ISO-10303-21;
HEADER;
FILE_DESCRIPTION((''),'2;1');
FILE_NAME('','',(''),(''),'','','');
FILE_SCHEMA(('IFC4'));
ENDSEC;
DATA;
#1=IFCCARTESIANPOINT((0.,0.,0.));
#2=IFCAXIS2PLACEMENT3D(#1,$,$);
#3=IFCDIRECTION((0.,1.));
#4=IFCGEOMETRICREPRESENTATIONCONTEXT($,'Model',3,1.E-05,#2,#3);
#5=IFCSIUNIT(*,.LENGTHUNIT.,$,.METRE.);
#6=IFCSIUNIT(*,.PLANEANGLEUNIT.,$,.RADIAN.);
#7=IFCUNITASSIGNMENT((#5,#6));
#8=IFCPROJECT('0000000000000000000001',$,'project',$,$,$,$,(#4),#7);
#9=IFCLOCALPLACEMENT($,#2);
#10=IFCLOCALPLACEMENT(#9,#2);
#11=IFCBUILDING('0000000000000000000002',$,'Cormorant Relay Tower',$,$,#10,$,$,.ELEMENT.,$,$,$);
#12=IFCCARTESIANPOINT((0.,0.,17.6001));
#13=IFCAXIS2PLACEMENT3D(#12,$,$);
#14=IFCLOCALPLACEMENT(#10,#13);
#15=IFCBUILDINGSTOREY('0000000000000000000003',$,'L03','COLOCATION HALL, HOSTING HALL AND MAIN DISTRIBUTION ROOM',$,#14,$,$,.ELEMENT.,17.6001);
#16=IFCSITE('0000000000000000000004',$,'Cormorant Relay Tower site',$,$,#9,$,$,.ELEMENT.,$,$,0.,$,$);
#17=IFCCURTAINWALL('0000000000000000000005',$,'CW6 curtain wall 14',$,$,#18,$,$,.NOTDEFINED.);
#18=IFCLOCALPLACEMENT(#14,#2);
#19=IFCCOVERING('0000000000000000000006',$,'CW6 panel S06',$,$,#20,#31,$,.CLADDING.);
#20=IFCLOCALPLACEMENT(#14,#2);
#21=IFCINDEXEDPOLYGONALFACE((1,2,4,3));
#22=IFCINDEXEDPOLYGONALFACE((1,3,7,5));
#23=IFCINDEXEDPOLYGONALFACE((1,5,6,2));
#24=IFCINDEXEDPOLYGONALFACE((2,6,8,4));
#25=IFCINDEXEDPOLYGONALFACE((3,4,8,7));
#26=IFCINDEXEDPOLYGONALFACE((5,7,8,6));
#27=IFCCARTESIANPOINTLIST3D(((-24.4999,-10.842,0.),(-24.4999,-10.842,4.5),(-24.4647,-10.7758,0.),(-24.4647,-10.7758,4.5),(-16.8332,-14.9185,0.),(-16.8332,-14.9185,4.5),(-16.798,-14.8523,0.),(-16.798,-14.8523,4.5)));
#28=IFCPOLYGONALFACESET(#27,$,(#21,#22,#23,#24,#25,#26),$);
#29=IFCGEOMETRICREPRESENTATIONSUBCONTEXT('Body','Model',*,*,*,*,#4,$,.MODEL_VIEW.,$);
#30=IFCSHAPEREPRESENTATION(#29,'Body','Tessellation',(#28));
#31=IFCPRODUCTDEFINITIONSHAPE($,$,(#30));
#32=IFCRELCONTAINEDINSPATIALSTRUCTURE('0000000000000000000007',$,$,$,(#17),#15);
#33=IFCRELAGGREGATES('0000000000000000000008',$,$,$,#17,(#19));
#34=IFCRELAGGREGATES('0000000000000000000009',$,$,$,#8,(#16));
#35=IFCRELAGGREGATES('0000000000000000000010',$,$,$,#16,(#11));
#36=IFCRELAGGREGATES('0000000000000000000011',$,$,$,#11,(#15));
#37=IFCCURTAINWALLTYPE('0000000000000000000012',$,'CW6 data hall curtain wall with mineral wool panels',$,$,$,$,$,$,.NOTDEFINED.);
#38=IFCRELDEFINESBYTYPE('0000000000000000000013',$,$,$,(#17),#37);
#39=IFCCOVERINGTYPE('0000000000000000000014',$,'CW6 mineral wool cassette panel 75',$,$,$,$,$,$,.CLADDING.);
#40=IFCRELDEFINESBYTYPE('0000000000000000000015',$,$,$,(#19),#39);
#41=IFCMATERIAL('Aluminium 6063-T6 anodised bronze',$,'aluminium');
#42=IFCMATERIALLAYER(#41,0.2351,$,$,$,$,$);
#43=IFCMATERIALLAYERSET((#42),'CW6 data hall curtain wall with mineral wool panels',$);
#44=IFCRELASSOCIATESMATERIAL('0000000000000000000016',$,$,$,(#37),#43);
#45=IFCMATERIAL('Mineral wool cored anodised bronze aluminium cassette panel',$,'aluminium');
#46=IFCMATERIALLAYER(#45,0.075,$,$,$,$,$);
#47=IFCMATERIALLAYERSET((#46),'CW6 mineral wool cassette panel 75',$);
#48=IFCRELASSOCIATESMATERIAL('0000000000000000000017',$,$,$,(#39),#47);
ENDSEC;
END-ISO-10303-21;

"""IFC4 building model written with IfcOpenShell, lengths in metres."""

from ifc_helpers import new_model, si_unit, direction, frame, origin, origin_2d, place, context, subcontext, project, spatial, rectangle, extrude, material, layer, layer_set, type_object, element, aggregate, save


model = new_model("IFC4")

# Units and contexts
model_context = context("Model", 3, precision=1e-05, world=origin(), true_north=direction((0.0, 1.0)))
body_context = subcontext(model_context, "Body", "Model", "MODEL_VIEW")
ifc_project = project(units=[si_unit("LENGTHUNIT", "METRE"), si_unit("PLANEANGLEUNIT", "RADIAN")], contexts=[model_context])

# Site, building, storey
site_placement = place(None, origin())
site = spatial("IfcSite", under=ifc_project, at=site_placement, Name="Cormorant Relay Tower site", CompositionType="ELEMENT", RefElevation=0.0)
building_placement = place(site_placement, origin())
building = spatial("IfcBuilding", under=site, at=building_placement, Name="Cormorant Relay Tower", CompositionType="ELEMENT")
storey_placement = place(building_placement, frame((0.0, 0.0, 17.6001)))
storey = spatial("IfcBuildingStorey", under=building, at=storey_placement, Name="L03", Description="COLOCATION HALL, HOSTING HALL AND MAIN DISTRIBUTION ROOM", CompositionType="ELEMENT", Elevation=17.6001)

# Curtain wall
ifc_material_1 = material(Name="Aluminium 6063-T6 anodised bronze", Category="aluminium")
ifc_layer_1 = layer(ifc_material_1, 0.2351)
ifc_layer_set_1 = layer_set([ifc_layer_1], Name="CW6 data hall curtain wall with mineral wool panels")
curtain_wall_type = type_object("IfcCurtainWallType", Name="CW6 data hall curtain wall with mineral wool panels", PredefinedType="NOTDEFINED", material=ifc_layer_set_1)
curtain_wall_placement = place(storey_placement, origin())
curtain_wall = element("IfcCurtainWall", 1, at=curtain_wall_placement, inside=storey, type_object=curtain_wall_type, Name="CW6 curtain wall 14", PredefinedType="NOTDEFINED")

# Covering
ifc_material_2 = material(Name="Mineral wool cored anodised bronze aluminium cassette panel", Category="aluminium")
ifc_layer_2 = layer(ifc_material_2, 0.075)
ifc_layer_set_2 = layer_set([ifc_layer_2], Name="CW6 mineral wool cassette panel 75")
covering_type = type_object("IfcCoveringType", Name="CW6 mineral wool cassette panel 75", PredefinedType="CLADDING", material=ifc_layer_set_2)
covering_placement = place(storey_placement, frame((-20.6489, -12.8472, 0.0), z_axis=(0.0, 0.0, 1.0), x_axis=(0.882948, -0.469472, 0.0)))
covering = element("IfcCovering", 2, at=covering_placement, type_object=covering_type, Name="CW6 panel S06", PredefinedType="CLADDING", context=body_context, shape_type="SweptSolid", body=[
    extrude(rectangle(XDim=8.6831, YDim=0.075, at=origin_2d()), origin(), (0.0, 0.0, 1.0), 4.5),
])
aggregate(curtain_wall, [covering])

save(model, "model.ifc")
